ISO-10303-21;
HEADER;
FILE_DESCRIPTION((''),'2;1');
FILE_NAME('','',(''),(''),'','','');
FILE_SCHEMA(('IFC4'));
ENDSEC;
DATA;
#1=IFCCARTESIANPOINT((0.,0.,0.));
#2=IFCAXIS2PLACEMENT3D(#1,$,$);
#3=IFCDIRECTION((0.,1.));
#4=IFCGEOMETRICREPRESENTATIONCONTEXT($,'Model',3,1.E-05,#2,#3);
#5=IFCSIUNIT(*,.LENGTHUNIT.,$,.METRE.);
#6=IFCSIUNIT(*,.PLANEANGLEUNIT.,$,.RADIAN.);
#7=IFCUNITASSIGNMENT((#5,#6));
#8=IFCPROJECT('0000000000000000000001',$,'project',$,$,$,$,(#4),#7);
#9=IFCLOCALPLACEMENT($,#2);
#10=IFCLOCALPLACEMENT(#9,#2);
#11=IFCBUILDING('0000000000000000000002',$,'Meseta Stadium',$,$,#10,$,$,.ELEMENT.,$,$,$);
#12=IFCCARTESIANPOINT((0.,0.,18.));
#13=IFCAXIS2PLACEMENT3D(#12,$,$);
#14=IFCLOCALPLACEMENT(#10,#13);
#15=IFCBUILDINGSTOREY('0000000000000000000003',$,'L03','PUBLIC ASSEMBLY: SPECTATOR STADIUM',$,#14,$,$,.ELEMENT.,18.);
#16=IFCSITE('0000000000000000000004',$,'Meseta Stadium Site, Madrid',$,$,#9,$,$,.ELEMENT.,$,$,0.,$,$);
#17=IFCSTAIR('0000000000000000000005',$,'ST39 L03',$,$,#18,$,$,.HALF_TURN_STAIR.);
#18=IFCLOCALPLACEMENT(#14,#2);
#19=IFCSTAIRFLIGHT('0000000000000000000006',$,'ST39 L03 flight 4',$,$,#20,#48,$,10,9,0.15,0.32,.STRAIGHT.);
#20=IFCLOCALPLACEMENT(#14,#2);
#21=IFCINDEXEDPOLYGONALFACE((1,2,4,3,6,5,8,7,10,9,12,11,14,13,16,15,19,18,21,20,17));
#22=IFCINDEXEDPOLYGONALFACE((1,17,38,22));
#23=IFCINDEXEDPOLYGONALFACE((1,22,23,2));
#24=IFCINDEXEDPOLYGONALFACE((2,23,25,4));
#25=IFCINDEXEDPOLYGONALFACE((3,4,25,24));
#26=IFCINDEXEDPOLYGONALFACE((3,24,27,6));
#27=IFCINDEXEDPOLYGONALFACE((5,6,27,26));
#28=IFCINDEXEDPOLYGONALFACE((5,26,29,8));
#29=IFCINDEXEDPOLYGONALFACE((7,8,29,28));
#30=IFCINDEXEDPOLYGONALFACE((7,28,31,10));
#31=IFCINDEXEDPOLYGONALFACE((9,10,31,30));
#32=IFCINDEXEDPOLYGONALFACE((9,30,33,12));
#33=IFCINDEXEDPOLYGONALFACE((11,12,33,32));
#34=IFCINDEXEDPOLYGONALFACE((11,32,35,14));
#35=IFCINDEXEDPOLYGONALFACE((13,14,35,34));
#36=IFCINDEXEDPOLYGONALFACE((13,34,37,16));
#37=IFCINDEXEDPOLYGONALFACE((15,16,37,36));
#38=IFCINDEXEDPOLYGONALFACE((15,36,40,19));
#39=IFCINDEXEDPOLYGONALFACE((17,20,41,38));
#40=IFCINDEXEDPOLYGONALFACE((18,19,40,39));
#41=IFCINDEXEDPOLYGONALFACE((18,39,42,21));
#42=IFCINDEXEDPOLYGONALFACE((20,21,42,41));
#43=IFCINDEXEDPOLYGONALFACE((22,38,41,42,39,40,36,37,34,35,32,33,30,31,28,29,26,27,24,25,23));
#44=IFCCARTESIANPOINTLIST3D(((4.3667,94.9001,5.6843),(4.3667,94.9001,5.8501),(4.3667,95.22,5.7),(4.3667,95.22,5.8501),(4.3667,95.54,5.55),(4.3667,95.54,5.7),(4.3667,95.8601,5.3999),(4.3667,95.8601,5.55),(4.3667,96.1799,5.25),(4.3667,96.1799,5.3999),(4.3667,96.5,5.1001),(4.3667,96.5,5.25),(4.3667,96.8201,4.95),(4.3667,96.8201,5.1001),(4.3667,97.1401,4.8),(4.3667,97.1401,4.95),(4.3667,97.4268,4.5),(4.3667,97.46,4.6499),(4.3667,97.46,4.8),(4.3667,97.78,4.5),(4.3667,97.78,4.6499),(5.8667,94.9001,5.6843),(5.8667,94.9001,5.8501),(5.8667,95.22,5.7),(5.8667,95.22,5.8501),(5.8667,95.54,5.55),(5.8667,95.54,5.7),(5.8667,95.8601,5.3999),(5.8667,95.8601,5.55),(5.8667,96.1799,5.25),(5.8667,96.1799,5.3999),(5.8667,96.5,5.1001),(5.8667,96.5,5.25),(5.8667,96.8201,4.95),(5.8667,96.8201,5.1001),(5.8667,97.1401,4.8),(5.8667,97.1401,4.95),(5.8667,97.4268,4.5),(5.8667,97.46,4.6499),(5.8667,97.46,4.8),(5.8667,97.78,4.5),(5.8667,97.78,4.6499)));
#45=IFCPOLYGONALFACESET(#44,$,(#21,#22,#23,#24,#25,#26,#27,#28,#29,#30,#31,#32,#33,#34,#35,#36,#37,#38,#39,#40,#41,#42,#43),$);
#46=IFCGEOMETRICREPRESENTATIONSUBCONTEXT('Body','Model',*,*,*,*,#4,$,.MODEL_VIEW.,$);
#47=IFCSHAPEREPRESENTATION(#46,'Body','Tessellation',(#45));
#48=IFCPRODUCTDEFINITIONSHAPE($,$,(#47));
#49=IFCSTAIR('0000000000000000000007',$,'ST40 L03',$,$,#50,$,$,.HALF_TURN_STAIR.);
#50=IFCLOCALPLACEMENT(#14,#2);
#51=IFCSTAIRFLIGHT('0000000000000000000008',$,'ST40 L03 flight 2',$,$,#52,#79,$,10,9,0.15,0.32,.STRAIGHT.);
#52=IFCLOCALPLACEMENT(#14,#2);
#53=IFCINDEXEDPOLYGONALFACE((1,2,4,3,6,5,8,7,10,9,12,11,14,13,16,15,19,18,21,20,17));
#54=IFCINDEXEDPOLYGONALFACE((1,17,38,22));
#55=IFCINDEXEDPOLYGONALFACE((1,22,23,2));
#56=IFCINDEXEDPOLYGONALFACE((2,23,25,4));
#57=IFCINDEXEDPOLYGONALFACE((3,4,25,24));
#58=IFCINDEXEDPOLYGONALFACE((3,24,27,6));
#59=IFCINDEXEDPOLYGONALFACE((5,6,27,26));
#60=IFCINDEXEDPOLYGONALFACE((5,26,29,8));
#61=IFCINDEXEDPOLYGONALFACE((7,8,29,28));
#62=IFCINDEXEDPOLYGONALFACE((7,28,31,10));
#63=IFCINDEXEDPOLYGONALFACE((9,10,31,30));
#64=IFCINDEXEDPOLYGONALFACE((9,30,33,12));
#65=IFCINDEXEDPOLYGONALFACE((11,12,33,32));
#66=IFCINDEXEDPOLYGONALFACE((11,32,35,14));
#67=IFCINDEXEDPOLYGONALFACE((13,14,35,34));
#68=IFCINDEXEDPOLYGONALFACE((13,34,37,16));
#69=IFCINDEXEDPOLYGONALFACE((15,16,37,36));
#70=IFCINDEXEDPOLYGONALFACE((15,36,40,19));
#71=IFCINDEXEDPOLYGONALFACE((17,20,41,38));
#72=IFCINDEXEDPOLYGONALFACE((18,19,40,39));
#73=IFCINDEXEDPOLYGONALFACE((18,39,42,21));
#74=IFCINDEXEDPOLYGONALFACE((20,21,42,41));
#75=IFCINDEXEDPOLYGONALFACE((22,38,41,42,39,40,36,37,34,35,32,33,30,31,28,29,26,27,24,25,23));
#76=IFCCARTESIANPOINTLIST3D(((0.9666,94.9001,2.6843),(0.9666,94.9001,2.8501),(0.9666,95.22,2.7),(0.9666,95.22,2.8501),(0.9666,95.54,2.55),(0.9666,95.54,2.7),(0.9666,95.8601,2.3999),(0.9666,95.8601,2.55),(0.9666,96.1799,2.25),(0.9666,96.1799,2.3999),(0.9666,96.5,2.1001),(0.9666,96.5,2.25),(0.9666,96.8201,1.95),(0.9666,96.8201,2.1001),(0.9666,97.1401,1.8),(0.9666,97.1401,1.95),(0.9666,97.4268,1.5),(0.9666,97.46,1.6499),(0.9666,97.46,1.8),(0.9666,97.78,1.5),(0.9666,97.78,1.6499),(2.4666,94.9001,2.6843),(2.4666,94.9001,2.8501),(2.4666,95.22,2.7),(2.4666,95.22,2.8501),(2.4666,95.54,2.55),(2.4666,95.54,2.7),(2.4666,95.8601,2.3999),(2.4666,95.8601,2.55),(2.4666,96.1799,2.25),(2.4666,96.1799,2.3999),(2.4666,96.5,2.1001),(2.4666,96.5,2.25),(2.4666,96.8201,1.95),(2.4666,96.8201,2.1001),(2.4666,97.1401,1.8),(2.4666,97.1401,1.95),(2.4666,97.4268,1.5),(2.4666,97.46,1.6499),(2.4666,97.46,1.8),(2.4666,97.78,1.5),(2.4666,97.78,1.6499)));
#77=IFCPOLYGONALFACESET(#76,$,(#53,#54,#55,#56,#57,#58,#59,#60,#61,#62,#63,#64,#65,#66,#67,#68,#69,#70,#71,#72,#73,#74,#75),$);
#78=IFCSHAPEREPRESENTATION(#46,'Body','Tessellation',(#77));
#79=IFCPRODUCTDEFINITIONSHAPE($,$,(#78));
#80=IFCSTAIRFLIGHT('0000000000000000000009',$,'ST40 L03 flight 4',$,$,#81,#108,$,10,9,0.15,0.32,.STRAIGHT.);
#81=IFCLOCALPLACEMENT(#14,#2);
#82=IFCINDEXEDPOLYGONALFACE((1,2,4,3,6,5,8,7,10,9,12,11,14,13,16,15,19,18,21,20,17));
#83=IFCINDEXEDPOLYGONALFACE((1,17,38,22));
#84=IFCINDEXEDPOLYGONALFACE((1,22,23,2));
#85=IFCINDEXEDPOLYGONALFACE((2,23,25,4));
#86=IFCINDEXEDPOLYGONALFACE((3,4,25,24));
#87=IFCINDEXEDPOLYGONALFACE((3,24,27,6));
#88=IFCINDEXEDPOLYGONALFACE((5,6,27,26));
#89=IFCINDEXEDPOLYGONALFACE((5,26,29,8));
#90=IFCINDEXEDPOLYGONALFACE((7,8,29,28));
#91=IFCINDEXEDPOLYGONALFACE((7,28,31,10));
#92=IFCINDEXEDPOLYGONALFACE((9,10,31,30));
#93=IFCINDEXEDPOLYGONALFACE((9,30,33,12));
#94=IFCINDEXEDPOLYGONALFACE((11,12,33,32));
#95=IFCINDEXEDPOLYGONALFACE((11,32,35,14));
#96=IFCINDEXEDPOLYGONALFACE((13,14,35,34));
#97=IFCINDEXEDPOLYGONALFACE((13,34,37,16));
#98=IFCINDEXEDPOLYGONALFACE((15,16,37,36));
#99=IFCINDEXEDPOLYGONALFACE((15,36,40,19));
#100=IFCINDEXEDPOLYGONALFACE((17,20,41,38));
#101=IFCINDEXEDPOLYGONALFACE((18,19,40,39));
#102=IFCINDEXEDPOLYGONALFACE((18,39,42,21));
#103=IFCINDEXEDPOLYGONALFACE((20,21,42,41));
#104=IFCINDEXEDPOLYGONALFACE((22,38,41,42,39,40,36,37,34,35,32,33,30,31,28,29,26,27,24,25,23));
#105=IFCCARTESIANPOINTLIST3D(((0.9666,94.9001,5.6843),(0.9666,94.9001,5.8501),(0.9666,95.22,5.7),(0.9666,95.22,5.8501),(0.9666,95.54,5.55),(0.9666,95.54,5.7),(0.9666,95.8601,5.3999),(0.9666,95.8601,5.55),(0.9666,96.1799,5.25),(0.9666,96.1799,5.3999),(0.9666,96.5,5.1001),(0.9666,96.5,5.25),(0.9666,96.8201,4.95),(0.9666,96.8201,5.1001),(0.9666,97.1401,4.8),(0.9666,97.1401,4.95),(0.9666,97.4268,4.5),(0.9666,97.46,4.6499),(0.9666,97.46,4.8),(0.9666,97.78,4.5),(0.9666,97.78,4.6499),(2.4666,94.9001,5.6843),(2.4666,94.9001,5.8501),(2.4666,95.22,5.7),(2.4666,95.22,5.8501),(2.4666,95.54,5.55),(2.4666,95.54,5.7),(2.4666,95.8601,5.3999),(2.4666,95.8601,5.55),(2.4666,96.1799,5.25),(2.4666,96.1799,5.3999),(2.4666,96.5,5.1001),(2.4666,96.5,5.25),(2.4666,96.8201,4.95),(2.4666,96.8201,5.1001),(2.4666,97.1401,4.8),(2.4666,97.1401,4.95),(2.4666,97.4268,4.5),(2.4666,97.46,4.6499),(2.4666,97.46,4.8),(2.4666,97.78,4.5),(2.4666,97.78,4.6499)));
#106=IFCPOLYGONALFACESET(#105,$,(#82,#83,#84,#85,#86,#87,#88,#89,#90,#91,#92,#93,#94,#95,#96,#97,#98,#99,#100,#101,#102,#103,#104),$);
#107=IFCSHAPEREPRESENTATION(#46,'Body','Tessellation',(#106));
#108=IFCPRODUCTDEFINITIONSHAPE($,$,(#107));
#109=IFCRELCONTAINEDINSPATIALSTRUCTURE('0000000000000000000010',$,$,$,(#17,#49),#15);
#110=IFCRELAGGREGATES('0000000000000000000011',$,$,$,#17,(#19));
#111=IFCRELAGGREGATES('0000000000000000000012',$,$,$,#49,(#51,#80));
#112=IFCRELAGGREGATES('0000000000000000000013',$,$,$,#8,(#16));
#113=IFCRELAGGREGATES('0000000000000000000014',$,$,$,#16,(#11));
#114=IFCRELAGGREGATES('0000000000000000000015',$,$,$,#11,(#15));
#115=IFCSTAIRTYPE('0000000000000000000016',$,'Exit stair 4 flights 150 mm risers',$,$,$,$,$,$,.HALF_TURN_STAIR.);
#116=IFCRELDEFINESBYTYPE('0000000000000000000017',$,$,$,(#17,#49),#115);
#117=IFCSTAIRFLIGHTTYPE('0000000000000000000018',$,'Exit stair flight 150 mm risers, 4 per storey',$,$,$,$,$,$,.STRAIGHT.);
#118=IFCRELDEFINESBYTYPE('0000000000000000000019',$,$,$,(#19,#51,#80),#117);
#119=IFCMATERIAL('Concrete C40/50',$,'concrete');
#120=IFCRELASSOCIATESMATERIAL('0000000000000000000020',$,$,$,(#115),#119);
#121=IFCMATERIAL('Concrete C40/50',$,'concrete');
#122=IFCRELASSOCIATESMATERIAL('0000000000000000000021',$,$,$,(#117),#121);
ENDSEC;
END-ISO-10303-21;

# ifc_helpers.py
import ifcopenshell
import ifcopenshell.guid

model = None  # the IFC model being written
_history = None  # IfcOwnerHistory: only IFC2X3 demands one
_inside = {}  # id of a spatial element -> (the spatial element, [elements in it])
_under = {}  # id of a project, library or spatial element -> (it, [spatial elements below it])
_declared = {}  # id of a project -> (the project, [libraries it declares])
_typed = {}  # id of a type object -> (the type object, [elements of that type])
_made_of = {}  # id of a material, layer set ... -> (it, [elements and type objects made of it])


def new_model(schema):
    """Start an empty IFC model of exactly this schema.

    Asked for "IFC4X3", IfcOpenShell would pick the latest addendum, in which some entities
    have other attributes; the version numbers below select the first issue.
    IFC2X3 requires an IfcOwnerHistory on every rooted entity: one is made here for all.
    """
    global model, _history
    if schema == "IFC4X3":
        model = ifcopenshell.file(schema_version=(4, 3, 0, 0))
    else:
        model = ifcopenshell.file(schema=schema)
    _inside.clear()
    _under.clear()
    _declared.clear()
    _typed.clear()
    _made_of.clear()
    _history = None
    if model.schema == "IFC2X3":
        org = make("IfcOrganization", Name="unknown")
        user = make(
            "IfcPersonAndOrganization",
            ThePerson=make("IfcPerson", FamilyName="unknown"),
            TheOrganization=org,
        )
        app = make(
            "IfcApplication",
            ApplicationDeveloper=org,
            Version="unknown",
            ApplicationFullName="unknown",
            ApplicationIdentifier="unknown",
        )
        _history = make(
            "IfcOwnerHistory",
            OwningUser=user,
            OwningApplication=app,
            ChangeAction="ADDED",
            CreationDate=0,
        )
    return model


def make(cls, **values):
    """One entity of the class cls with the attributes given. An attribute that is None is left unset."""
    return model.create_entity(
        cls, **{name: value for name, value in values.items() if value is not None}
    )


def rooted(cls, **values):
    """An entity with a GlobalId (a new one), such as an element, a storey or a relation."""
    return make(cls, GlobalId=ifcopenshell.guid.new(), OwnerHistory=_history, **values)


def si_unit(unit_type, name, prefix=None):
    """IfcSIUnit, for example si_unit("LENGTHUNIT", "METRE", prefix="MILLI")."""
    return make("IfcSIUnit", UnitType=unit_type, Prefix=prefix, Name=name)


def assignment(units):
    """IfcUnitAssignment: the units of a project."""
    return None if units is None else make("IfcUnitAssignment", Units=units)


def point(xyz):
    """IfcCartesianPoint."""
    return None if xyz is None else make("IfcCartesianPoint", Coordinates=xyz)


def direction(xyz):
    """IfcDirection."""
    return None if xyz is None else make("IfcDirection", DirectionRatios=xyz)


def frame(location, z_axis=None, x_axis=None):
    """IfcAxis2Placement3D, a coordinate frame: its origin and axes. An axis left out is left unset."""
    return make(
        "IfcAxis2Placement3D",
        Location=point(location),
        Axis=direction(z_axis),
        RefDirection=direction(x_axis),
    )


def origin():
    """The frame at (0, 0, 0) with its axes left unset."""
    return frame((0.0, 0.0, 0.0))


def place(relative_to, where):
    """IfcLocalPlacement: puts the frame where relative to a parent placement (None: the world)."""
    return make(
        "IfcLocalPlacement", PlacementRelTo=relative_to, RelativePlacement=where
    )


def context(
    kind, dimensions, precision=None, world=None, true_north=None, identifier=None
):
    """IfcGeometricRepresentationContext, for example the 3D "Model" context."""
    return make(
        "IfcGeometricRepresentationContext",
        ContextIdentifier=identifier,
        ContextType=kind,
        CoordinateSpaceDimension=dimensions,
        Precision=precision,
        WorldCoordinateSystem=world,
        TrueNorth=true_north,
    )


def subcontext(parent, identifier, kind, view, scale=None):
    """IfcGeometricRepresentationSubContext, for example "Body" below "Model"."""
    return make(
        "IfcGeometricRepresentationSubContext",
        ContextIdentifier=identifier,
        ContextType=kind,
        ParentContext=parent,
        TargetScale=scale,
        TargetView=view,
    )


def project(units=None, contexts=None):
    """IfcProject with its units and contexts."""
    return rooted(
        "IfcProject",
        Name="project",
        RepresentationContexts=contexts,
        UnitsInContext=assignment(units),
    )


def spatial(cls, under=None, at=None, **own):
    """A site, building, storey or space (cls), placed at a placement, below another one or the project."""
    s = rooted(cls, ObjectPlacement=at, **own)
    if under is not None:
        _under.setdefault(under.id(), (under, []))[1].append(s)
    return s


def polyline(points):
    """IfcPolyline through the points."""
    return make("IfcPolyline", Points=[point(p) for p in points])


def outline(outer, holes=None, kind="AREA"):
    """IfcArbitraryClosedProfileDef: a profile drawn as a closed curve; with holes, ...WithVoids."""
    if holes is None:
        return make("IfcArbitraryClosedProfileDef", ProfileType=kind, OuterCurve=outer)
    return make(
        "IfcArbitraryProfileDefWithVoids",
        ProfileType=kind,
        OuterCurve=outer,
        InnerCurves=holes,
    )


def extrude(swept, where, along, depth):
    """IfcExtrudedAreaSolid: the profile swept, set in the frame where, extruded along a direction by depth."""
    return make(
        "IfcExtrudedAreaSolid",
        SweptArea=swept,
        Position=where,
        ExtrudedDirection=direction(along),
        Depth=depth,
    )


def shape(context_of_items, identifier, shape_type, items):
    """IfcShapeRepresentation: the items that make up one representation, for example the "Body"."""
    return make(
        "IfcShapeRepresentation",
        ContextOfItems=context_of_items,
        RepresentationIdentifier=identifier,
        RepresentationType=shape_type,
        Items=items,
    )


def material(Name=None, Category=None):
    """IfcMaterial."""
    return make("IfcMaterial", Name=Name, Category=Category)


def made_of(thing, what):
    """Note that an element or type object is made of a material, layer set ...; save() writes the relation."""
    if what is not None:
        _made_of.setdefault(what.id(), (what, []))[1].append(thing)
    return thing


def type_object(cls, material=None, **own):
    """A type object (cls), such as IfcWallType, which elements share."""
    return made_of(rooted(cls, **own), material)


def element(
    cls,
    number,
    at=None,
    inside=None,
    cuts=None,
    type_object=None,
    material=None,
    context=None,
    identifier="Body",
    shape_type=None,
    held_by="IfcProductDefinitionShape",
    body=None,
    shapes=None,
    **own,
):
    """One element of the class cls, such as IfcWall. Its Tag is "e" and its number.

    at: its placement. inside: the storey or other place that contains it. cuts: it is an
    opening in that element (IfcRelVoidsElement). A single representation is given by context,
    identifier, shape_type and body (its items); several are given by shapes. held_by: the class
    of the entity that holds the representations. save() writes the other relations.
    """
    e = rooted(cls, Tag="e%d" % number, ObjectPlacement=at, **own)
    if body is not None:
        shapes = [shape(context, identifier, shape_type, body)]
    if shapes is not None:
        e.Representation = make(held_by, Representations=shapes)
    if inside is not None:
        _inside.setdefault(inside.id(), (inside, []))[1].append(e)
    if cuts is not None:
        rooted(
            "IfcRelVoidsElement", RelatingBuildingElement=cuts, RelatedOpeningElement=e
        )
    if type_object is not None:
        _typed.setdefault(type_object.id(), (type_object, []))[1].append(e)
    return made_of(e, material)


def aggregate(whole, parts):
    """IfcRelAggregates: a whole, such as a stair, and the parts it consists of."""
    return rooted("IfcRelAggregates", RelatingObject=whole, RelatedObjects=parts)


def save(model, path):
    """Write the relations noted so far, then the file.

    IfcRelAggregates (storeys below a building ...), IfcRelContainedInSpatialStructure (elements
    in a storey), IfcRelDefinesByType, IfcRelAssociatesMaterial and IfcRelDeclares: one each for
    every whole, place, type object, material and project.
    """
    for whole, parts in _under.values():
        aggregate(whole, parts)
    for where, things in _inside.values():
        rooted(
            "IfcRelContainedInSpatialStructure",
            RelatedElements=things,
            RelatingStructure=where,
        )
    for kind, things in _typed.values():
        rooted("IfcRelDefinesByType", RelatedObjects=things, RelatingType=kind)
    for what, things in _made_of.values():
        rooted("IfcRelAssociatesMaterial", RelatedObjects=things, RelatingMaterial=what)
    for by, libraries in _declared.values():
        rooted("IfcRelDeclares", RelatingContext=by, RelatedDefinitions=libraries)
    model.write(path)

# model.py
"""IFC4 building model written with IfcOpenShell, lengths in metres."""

from ifc_helpers import new_model, si_unit, direction, frame, origin, place, context, subcontext, project, spatial, polyline, outline, extrude, material, type_object, element, aggregate, save


model = new_model("IFC4")

# Units and contexts
model_context = context("Model", 3, precision=1e-05, world=origin(), true_north=direction((0.0, 1.0)))
body_context = subcontext(model_context, "Body", "Model", "MODEL_VIEW")
ifc_project = project(units=[si_unit("LENGTHUNIT", "METRE"), si_unit("PLANEANGLEUNIT", "RADIAN")], contexts=[model_context])

# Site, building, storey
site_placement = place(None, origin())
site = spatial("IfcSite", under=ifc_project, at=site_placement, Name="Meseta Stadium Site, Madrid", CompositionType="ELEMENT", RefElevation=0.0)
building_placement = place(site_placement, origin())
building = spatial("IfcBuilding", under=site, at=building_placement, Name="Meseta Stadium", CompositionType="ELEMENT")
storey_placement = place(building_placement, frame((0.0, 0.0, 18.0)))
storey = spatial("IfcBuildingStorey", under=building, at=storey_placement, Name="L03", Description="PUBLIC ASSEMBLY: SPECTATOR STADIUM", CompositionType="ELEMENT", Elevation=18.0)

# Stairs, stair flights
ifc_material_1 = material(Name="Concrete C40/50", Category="concrete")
stair_type = type_object("IfcStairType", Name="Exit stair 4 flights 150 mm risers", PredefinedType="HALF_TURN_STAIR", material=ifc_material_1)
ifc_material_2 = material(Name="Concrete C40/50", Category="concrete")
stair_flight_type = type_object("IfcStairFlightType", Name="Exit stair flight 150 mm risers, 4 per storey", PredefinedType="STRAIGHT", material=ifc_material_2)
stair_1_placement = place(storey_placement, origin())
stair_1 = element("IfcStair", 1, at=stair_1_placement, inside=storey, type_object=stair_type, Name="ST39 L03", PredefinedType="HALF_TURN_STAIR")
stair_flight_1_placement = place(storey_placement, frame((5.1167, 97.78, 4.5), z_axis=(0.0, 0.0, 1.0), x_axis=(0.0, -1.0, 0.0)))
stair_flight_1 = element("IfcStairFlight", 2, at=stair_flight_1_placement, type_object=stair_flight_type, Name="ST39 L03 flight 4", NumberOfRisers=10, NumberOfTreads=9, PredefinedType="STRAIGHT", RiserHeight=0.15, TreadLength=0.32, context=body_context, shape_type="SweptSolid", body=[
    extrude(outline(polyline([(0.0, 0.0), (0.0, 0.1499), (0.3201, 0.1499), (0.3201, 0.3), (0.6399, 0.3), (0.6399, 0.45), (0.96, 0.45), (0.96, 0.6001), (1.28, 0.6001), (1.28, 0.75), (1.6001, 0.75), (1.6001, 0.8999), (1.9199, 0.8999), (1.9199, 1.05), (2.24, 1.05), (2.24, 1.2), (2.5601, 1.2), (2.5601, 1.3501), (2.8799, 1.3501), (2.8799, 1.1843), (0.3533, 0.0), (0.0, 0.0)])), frame((0.0, 0.75, 0.0), z_axis=(0.0, -1.0, 0.0), x_axis=(1.0, 0.0, 0.0)), (0.0, 0.0, 1.0), 1.5),
])
aggregate(stair_1, [stair_flight_1])
stair_2_placement = place(storey_placement, origin())
stair_2 = element("IfcStair", 3, at=stair_2_placement, inside=storey, type_object=stair_type, Name="ST40 L03", PredefinedType="HALF_TURN_STAIR")
stair_flight_2_placement = place(storey_placement, frame((1.7166, 97.78, 1.5), z_axis=(0.0, 0.0, 1.0), x_axis=(0.0, -1.0, 0.0)))
stair_flight_2 = element("IfcStairFlight", 4, at=stair_flight_2_placement, type_object=stair_flight_type, Name="ST40 L03 flight 2", NumberOfRisers=10, NumberOfTreads=9, PredefinedType="STRAIGHT", RiserHeight=0.15, TreadLength=0.32, context=body_context, shape_type="SweptSolid", body=[
    extrude(outline(polyline([(0.0, 0.0), (0.0, 0.1499), (0.3201, 0.1499), (0.3201, 0.3), (0.6399, 0.3), (0.6399, 0.45), (0.96, 0.45), (0.96, 0.6001), (1.28, 0.6001), (1.28, 0.75), (1.6001, 0.75), (1.6001, 0.8999), (1.9199, 0.8999), (1.9199, 1.05), (2.24, 1.05), (2.24, 1.2), (2.5601, 1.2), (2.5601, 1.3501), (2.8799, 1.3501), (2.8799, 1.1843), (0.3533, 0.0), (0.0, 0.0)])), frame((0.0, 0.75, 0.0), z_axis=(0.0, -1.0, 0.0), x_axis=(1.0, 0.0, 0.0)), (0.0, 0.0, 1.0), 1.5),
])
stair_flight_3_placement = place(storey_placement, frame((1.7166, 97.78, 4.5), z_axis=(0.0, 0.0, 1.0), x_axis=(0.0, -1.0, 0.0)))
stair_flight_3 = element("IfcStairFlight", 5, at=stair_flight_3_placement, type_object=stair_flight_type, Name="ST40 L03 flight 4", NumberOfRisers=10, NumberOfTreads=9, PredefinedType="STRAIGHT", RiserHeight=0.15, TreadLength=0.32, context=body_context, shape_type="SweptSolid", body=[
    extrude(outline(polyline([(0.0, 0.0), (0.0, 0.1499), (0.3201, 0.1499), (0.3201, 0.3), (0.6399, 0.3), (0.6399, 0.45), (0.96, 0.45), (0.96, 0.6001), (1.28, 0.6001), (1.28, 0.75), (1.6001, 0.75), (1.6001, 0.8999), (1.9199, 0.8999), (1.9199, 1.05), (2.24, 1.05), (2.24, 1.2), (2.5601, 1.2), (2.5601, 1.3501), (2.8799, 1.3501), (2.8799, 1.1843), (0.3533, 0.0), (0.0, 0.0)])), frame((0.0, 0.75, 0.0), z_axis=(0.0, -1.0, 0.0), x_axis=(1.0, 0.0, 0.0)), (0.0, 0.0, 1.0), 1.5),
])
aggregate(stair_2, [stair_flight_2, stair_flight_3])

save(model, "model.ifc")
